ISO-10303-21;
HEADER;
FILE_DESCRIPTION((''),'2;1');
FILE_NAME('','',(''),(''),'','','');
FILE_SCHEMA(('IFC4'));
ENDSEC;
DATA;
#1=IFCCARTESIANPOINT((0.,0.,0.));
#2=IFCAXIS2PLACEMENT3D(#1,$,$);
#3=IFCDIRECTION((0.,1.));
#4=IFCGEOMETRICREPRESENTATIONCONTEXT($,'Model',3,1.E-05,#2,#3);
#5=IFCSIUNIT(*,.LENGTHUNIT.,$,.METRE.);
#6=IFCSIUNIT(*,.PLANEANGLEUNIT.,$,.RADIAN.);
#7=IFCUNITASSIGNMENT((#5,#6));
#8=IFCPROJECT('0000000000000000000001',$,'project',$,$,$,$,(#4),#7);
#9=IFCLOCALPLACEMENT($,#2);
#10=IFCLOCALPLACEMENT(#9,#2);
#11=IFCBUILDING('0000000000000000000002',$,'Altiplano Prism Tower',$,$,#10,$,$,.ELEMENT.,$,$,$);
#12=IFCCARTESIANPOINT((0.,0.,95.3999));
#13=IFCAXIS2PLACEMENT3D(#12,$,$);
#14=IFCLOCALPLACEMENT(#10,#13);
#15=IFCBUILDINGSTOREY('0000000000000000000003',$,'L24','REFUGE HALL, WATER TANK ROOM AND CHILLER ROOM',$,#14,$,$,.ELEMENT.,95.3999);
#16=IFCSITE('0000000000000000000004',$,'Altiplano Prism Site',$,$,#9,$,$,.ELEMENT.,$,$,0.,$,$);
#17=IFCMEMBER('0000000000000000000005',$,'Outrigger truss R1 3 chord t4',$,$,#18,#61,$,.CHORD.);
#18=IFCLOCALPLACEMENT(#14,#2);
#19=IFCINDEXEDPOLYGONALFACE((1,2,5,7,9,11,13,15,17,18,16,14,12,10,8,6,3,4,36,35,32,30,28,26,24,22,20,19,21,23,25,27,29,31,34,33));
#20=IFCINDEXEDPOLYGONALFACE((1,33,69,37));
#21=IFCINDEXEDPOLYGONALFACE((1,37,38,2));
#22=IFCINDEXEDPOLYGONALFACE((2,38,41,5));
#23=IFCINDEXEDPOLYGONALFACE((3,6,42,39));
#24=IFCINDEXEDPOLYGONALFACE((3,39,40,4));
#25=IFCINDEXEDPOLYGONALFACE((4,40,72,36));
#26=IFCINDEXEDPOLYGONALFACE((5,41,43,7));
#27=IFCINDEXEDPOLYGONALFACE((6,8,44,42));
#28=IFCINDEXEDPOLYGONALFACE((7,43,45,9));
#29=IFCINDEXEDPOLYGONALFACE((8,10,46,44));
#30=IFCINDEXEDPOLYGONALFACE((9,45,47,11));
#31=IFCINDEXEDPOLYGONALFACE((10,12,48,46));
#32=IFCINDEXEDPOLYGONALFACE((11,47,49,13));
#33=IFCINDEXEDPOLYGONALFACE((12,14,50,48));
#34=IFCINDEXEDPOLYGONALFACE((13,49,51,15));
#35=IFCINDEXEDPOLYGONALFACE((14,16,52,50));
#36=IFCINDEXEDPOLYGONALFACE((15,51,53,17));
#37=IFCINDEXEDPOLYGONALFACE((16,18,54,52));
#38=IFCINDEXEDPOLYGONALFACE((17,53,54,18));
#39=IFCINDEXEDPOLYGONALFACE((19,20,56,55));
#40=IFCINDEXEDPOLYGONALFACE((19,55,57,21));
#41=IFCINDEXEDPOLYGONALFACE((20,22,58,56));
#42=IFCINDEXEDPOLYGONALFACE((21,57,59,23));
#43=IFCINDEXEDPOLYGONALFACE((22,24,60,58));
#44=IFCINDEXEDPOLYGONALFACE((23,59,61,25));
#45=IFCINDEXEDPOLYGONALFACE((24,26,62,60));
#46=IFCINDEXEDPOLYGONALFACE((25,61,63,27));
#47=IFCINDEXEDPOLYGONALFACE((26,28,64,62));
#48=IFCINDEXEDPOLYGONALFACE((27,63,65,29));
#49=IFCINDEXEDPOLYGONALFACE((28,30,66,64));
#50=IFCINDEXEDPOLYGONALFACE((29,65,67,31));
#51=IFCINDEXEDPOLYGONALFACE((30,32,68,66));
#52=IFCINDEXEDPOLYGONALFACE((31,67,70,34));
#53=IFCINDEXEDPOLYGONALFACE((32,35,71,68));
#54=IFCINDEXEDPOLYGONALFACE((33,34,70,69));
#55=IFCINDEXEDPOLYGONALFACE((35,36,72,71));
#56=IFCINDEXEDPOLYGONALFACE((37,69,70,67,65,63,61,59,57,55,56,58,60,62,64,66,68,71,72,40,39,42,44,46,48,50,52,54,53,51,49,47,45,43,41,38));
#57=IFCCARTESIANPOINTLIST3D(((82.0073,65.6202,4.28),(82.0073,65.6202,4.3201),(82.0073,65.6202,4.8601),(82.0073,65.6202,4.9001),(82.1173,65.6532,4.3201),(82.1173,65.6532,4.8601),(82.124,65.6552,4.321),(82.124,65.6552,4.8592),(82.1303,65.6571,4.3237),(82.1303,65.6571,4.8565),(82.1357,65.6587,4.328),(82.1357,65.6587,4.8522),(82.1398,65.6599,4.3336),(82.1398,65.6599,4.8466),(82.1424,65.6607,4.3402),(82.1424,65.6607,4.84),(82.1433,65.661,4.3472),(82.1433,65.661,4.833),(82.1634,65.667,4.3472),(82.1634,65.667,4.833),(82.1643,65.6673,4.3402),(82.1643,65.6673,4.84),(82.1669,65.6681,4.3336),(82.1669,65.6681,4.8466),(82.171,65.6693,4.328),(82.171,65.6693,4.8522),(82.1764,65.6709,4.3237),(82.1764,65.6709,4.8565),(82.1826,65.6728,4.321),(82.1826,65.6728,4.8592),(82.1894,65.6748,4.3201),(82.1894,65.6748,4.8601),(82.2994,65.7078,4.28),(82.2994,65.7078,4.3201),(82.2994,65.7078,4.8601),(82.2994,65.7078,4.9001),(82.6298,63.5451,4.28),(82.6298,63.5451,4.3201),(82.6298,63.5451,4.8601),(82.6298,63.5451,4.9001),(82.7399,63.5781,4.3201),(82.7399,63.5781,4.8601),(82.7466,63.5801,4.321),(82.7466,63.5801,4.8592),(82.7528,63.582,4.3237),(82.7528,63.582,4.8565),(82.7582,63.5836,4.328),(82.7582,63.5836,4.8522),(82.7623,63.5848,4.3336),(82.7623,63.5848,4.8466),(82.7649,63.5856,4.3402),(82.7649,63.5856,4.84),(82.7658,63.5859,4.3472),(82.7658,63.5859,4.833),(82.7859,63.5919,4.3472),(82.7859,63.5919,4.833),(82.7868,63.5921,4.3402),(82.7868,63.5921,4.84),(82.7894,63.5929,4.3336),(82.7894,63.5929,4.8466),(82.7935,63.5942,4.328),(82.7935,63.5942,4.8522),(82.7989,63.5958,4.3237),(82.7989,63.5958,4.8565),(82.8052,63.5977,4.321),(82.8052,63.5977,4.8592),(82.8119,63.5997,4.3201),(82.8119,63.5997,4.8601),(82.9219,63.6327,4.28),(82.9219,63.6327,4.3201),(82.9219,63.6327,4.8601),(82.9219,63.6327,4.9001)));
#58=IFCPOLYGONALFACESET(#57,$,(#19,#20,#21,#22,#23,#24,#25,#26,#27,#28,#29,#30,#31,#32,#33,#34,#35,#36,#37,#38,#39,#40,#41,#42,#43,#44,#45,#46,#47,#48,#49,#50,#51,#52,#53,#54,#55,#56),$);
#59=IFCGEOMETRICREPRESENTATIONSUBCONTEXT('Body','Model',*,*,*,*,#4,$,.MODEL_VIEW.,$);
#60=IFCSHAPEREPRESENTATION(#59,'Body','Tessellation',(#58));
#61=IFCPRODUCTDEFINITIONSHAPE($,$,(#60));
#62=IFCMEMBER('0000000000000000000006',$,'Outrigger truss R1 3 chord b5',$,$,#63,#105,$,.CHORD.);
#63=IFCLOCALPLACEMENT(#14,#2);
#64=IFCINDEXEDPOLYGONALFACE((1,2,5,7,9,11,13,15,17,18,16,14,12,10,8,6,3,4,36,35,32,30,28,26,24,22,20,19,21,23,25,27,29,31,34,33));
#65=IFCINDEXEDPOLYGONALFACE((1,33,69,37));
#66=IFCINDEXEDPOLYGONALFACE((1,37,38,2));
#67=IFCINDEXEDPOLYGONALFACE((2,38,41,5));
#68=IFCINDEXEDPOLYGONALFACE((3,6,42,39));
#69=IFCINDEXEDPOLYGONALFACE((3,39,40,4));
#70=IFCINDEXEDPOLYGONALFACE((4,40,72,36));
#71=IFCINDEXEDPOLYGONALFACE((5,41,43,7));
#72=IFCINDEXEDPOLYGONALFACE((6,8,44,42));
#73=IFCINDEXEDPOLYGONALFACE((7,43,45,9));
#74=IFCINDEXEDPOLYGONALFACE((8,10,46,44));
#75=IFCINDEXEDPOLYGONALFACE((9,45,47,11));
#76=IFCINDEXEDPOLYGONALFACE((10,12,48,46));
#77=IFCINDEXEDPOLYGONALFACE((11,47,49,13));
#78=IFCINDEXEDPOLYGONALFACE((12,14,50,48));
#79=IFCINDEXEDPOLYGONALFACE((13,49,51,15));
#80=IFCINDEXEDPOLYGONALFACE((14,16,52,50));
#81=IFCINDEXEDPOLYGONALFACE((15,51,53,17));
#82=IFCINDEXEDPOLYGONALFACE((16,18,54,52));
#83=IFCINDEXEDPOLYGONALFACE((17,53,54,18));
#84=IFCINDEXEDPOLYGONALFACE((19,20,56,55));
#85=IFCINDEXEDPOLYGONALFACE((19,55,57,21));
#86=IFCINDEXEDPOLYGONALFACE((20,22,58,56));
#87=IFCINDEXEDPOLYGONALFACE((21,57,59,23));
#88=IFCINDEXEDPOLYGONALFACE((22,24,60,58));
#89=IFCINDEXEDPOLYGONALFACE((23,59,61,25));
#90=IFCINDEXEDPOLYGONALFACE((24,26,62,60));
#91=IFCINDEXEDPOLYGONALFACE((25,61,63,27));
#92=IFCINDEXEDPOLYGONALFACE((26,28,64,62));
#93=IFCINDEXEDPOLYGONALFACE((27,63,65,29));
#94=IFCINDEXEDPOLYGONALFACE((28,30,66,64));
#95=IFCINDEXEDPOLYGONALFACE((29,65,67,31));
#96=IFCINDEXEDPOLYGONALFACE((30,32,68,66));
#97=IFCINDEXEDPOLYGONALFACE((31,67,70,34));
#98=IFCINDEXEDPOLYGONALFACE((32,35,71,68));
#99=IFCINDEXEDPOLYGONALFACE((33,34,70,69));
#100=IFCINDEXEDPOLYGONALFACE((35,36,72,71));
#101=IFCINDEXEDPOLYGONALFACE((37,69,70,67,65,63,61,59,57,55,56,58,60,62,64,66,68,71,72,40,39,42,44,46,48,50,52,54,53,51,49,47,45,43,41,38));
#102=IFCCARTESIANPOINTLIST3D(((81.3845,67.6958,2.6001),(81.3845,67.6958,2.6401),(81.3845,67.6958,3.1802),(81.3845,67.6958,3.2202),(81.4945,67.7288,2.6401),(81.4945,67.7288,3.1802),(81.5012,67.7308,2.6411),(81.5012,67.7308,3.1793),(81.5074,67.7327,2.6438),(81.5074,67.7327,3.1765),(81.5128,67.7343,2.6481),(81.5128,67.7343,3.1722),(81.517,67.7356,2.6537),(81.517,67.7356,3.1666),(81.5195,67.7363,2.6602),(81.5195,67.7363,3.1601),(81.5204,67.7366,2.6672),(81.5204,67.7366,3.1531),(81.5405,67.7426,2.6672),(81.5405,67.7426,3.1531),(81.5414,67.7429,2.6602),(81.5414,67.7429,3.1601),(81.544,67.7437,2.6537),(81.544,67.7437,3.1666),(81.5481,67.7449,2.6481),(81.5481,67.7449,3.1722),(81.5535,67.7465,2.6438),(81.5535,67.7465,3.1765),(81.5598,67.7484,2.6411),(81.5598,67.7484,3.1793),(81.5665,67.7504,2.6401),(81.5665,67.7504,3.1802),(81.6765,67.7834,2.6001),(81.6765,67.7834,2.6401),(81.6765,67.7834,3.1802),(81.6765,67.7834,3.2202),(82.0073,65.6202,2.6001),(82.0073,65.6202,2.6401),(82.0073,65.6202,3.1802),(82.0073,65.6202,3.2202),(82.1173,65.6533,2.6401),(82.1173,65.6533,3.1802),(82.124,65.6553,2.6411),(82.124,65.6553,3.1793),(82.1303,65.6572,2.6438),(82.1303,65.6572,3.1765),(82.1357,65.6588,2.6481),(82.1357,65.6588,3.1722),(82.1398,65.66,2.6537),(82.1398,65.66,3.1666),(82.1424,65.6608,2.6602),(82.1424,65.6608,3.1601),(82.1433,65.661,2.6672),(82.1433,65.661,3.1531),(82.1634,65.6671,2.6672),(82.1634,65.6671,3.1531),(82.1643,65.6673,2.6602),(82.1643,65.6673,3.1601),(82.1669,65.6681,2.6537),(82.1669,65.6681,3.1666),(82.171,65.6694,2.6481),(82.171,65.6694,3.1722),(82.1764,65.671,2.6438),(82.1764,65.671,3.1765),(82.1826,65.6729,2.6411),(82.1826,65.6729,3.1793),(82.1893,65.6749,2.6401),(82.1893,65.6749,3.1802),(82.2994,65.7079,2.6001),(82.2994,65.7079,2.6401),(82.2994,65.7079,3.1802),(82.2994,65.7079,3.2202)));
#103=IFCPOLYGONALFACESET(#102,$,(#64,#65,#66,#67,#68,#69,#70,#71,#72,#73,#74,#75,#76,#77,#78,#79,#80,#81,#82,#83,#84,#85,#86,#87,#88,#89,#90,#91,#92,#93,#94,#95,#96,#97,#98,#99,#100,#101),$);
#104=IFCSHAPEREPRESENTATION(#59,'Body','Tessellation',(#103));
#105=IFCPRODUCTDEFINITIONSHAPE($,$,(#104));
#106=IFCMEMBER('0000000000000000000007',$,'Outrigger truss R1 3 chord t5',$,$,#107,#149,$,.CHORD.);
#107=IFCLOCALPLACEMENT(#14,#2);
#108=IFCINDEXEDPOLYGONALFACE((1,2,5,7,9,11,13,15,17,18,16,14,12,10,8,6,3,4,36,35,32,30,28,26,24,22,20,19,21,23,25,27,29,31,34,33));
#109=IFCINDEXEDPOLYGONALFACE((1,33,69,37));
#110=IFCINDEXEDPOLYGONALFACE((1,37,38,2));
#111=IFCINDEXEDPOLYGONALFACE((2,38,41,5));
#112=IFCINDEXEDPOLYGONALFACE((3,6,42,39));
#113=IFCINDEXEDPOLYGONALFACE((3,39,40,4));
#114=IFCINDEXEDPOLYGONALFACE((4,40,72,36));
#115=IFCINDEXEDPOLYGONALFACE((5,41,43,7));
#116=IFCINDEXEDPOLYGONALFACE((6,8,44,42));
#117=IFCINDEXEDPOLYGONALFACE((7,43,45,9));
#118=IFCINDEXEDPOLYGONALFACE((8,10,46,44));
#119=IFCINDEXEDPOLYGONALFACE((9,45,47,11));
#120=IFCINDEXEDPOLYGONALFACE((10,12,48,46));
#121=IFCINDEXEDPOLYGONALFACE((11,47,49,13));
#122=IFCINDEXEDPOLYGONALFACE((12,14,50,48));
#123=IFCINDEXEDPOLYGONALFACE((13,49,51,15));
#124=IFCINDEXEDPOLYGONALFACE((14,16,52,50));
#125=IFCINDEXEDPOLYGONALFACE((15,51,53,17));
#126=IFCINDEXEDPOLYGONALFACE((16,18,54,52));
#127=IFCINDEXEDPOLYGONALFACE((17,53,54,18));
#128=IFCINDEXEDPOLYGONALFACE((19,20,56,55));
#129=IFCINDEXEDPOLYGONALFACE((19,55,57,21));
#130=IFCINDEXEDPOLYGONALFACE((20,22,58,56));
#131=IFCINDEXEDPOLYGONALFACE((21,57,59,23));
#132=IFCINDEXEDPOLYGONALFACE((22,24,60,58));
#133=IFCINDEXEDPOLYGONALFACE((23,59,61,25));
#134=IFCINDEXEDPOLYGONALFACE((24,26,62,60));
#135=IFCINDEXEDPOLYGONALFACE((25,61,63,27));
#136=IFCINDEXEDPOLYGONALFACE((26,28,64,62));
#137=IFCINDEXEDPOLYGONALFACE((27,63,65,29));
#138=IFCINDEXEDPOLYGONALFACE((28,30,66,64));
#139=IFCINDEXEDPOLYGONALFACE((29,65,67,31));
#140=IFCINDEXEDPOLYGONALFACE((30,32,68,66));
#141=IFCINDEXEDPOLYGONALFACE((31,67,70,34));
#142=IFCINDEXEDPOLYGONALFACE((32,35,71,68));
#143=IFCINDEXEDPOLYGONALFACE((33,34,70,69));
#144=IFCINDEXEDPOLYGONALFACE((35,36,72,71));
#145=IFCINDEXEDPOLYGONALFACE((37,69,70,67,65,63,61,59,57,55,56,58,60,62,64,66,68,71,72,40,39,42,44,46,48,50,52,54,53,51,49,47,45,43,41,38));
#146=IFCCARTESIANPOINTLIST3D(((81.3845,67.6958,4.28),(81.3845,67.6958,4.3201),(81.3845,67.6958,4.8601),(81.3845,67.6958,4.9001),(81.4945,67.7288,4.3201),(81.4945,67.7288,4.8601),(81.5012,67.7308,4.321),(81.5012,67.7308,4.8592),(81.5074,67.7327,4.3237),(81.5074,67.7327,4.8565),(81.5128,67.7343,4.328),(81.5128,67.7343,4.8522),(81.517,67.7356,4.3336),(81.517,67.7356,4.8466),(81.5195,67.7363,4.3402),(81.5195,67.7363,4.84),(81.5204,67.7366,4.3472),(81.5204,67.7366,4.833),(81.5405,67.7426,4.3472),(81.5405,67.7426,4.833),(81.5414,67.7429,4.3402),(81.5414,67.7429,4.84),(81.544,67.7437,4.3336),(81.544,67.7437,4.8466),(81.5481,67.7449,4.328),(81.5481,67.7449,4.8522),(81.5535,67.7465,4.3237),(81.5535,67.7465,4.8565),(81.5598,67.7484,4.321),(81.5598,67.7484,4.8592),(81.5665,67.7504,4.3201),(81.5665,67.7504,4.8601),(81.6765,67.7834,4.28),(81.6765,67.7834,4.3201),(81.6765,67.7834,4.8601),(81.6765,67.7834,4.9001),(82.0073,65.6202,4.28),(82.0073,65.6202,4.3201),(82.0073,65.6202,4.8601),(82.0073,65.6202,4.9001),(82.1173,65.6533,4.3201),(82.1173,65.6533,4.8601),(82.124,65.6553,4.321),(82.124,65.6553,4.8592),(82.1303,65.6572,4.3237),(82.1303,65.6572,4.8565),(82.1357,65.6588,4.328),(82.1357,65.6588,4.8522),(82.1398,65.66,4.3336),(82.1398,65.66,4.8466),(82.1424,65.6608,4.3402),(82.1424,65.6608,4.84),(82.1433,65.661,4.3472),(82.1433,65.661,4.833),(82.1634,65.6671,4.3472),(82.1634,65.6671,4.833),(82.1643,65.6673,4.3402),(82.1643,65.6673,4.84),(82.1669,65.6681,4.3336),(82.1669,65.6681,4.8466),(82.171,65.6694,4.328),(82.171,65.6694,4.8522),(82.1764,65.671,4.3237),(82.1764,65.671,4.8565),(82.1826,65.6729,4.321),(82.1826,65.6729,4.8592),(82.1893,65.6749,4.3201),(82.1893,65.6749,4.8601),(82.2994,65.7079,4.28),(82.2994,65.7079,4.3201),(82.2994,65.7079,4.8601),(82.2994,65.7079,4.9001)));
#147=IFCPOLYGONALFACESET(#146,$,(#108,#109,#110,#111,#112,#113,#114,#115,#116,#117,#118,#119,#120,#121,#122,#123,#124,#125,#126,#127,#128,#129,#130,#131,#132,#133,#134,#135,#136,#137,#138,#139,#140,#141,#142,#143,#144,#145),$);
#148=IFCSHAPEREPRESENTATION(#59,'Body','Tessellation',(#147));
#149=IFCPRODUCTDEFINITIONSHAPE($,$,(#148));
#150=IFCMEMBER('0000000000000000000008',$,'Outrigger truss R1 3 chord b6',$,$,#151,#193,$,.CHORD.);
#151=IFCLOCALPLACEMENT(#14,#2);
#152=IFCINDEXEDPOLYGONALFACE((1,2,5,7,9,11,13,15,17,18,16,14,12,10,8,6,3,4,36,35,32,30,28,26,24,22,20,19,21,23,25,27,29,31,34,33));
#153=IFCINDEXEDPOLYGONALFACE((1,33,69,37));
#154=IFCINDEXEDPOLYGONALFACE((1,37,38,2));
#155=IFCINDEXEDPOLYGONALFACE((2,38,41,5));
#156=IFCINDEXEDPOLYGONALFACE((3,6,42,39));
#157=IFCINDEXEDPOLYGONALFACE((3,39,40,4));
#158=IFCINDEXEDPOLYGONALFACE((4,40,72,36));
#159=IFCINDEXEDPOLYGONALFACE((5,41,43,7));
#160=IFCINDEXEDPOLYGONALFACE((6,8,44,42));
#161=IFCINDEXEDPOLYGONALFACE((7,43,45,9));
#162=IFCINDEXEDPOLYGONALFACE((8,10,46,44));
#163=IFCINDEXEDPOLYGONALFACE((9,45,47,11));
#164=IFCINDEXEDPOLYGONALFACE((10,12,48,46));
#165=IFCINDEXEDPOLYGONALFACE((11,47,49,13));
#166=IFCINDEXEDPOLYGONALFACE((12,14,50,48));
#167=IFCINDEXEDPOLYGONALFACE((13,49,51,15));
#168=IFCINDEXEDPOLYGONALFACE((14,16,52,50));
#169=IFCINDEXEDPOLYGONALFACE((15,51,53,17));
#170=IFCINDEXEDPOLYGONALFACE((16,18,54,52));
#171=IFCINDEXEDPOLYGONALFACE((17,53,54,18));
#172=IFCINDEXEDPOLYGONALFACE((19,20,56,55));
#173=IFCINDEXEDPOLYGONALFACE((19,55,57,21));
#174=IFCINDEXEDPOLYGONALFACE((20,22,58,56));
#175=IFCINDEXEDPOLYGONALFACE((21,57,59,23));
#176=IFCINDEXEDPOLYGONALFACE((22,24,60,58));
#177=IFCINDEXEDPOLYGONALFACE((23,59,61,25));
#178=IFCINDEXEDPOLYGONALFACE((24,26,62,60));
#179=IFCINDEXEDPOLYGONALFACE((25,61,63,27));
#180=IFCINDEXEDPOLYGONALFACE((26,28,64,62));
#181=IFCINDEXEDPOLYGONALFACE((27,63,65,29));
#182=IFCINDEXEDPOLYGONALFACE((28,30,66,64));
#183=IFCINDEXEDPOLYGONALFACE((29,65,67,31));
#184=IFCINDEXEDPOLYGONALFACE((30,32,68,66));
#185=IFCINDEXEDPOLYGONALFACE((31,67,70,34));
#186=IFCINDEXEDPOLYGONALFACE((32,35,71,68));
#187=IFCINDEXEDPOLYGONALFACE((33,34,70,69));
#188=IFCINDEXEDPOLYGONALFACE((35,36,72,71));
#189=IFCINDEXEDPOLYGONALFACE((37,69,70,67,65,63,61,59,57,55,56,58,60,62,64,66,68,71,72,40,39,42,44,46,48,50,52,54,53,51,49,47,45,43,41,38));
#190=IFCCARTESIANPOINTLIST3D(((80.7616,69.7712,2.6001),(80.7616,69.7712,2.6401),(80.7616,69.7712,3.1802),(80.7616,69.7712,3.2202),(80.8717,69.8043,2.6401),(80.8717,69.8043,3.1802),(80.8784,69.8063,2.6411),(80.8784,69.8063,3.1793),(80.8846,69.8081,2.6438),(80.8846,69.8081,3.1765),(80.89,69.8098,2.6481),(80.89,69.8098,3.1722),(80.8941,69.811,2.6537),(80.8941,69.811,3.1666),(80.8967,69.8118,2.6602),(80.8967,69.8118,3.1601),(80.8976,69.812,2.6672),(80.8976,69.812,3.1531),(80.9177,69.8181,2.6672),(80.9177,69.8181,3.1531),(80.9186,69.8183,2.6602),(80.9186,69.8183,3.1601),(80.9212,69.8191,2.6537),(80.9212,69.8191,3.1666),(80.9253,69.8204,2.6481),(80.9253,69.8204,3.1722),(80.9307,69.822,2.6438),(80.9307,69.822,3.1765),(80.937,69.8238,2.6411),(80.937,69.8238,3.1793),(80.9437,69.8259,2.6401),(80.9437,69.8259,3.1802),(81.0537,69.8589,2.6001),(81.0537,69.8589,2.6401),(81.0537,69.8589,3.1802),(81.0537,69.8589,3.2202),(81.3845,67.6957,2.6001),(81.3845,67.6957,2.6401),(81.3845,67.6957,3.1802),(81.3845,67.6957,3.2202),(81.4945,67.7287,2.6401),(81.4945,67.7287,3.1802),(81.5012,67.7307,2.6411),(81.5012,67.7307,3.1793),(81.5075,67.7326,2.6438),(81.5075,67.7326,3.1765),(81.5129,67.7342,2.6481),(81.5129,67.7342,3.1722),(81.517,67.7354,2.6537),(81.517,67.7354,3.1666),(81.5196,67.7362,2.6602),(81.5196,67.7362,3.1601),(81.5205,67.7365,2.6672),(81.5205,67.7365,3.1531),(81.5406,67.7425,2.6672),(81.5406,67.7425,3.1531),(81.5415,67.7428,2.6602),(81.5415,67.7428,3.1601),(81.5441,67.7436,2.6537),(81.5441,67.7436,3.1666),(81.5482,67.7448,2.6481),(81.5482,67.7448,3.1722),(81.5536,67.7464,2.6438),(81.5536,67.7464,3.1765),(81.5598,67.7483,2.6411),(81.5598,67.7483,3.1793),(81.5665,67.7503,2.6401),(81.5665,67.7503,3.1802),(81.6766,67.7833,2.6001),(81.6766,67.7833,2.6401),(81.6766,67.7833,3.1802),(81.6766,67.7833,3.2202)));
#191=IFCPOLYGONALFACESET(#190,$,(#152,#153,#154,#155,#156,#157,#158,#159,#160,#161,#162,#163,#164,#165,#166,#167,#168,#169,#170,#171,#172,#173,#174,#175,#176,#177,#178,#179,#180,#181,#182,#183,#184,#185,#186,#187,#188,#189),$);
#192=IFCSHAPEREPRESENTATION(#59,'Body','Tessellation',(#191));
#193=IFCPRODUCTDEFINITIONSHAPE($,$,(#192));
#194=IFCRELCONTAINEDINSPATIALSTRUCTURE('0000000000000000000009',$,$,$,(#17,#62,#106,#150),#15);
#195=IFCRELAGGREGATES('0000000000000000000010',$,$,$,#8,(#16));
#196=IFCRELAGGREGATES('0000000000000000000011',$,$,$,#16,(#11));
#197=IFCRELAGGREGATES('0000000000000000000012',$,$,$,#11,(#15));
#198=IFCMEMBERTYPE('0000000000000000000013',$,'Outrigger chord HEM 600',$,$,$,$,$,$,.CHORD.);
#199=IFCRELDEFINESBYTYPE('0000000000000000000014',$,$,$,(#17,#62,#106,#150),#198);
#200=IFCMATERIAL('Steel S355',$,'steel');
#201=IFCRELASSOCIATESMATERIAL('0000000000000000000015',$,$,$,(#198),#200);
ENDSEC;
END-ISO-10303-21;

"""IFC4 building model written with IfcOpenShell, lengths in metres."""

from ifc_helpers import new_model, si_unit, direction, frame, origin, origin_2d, place, context, subcontext, project, spatial, i_section, extrude, material, material_profile, profile_set, type_object, element, save


model = new_model("IFC4")

# Units and contexts
model_context = context("Model", 3, precision=1e-05, world=origin(), true_north=direction((0.0, 1.0)))
body_context = subcontext(model_context, "Body", "Model", "MODEL_VIEW")
ifc_project = project(units=[si_unit("LENGTHUNIT", "METRE"), si_unit("PLANEANGLEUNIT", "RADIAN")], contexts=[model_context])

# Site, building, storey
site_placement = place(None, origin())
site = spatial("IfcSite", under=ifc_project, at=site_placement, Name="Altiplano Prism Site", CompositionType="ELEMENT", RefElevation=0.0)
building_placement = place(site_placement, origin())
building = spatial("IfcBuilding", under=site, at=building_placement, Name="Altiplano Prism Tower", CompositionType="ELEMENT")
storey_placement = place(building_placement, frame((0.0, 0.0, 95.3999)))
storey = spatial("IfcBuildingStorey", under=building, at=storey_placement, Name="L24", Description="REFUGE HALL, WATER TANK ROOM AND CHILLER ROOM", CompositionType="ELEMENT", Elevation=95.3999)

# Members
ifc_material_1 = material(Name="Steel S355", Category="steel")
ifc_material_profile_1 = material_profile(ifc_material_1, i_section(OverallWidth=0.3049, OverallDepth=0.6201, WebThickness=0.021, FlangeThickness=0.04, FilletRadius=0.0271, at=origin_2d()), Name="Outrigger chord HEM 600")
ifc_profile_set_1 = profile_set([ifc_material_profile_1], Name="Steel S355")
member_type_1 = type_object("IfcMemberType", Name="Outrigger chord HEM 600", PredefinedType="CHORD", material=ifc_profile_set_1)
for number, where, z_axis, x_axis, name in (
    (1, (82.7759, 63.5889, 4.5901), (-0.287348, 0.957826, 0.0), (-0.957826, -0.287348, 0.0), "Outrigger truss R1 3 chord t4"),
):
    element("IfcMember", number, at=place(storey_placement, frame(where, z_axis=z_axis, x_axis=x_axis)), inside=storey, type_object=member_type_1, Name=name, PredefinedType="CHORD", context=body_context, shape_type="SweptSolid", body=[
        extrude(i_section(OverallWidth=0.3049, OverallDepth=0.6201, WebThickness=0.021, FlangeThickness=0.04, FilletRadius=0.0271, at=origin_2d()), origin(), (0.0, 0.0, 1.0), 2.1665),
    ])
for number, where, z_axis, x_axis, name in (
    (2, (82.1533, 65.6641, 2.9102), (-0.28742, 0.957805, 0.0), (-0.957805, -0.28742, 0.0), "Outrigger truss R1 3 chord b5"),
    (3, (82.1533, 65.6641, 4.5901), (-0.28742, 0.957805, 0.0), (-0.957805, -0.28742, 0.0), "Outrigger truss R1 3 chord t5"),
    (4, (81.5305, 67.7395, 2.9102), (-0.28742, 0.957805, 0.0), (-0.957805, -0.28742, 0.0), "Outrigger truss R1 3 chord b6"),
):
    element("IfcMember", number, at=place(storey_placement, frame(where, z_axis=z_axis, x_axis=x_axis)), inside=storey, type_object=member_type_1, Name=name, PredefinedType="CHORD", context=body_context, shape_type="SweptSolid", body=[
        extrude(i_section(OverallWidth=0.3049, OverallDepth=0.6201, WebThickness=0.021, FlangeThickness=0.04, FilletRadius=0.0271, at=origin_2d()), origin(), (0.0, 0.0, 1.0), 2.167),
    ])

save(model, "model.ifc")
